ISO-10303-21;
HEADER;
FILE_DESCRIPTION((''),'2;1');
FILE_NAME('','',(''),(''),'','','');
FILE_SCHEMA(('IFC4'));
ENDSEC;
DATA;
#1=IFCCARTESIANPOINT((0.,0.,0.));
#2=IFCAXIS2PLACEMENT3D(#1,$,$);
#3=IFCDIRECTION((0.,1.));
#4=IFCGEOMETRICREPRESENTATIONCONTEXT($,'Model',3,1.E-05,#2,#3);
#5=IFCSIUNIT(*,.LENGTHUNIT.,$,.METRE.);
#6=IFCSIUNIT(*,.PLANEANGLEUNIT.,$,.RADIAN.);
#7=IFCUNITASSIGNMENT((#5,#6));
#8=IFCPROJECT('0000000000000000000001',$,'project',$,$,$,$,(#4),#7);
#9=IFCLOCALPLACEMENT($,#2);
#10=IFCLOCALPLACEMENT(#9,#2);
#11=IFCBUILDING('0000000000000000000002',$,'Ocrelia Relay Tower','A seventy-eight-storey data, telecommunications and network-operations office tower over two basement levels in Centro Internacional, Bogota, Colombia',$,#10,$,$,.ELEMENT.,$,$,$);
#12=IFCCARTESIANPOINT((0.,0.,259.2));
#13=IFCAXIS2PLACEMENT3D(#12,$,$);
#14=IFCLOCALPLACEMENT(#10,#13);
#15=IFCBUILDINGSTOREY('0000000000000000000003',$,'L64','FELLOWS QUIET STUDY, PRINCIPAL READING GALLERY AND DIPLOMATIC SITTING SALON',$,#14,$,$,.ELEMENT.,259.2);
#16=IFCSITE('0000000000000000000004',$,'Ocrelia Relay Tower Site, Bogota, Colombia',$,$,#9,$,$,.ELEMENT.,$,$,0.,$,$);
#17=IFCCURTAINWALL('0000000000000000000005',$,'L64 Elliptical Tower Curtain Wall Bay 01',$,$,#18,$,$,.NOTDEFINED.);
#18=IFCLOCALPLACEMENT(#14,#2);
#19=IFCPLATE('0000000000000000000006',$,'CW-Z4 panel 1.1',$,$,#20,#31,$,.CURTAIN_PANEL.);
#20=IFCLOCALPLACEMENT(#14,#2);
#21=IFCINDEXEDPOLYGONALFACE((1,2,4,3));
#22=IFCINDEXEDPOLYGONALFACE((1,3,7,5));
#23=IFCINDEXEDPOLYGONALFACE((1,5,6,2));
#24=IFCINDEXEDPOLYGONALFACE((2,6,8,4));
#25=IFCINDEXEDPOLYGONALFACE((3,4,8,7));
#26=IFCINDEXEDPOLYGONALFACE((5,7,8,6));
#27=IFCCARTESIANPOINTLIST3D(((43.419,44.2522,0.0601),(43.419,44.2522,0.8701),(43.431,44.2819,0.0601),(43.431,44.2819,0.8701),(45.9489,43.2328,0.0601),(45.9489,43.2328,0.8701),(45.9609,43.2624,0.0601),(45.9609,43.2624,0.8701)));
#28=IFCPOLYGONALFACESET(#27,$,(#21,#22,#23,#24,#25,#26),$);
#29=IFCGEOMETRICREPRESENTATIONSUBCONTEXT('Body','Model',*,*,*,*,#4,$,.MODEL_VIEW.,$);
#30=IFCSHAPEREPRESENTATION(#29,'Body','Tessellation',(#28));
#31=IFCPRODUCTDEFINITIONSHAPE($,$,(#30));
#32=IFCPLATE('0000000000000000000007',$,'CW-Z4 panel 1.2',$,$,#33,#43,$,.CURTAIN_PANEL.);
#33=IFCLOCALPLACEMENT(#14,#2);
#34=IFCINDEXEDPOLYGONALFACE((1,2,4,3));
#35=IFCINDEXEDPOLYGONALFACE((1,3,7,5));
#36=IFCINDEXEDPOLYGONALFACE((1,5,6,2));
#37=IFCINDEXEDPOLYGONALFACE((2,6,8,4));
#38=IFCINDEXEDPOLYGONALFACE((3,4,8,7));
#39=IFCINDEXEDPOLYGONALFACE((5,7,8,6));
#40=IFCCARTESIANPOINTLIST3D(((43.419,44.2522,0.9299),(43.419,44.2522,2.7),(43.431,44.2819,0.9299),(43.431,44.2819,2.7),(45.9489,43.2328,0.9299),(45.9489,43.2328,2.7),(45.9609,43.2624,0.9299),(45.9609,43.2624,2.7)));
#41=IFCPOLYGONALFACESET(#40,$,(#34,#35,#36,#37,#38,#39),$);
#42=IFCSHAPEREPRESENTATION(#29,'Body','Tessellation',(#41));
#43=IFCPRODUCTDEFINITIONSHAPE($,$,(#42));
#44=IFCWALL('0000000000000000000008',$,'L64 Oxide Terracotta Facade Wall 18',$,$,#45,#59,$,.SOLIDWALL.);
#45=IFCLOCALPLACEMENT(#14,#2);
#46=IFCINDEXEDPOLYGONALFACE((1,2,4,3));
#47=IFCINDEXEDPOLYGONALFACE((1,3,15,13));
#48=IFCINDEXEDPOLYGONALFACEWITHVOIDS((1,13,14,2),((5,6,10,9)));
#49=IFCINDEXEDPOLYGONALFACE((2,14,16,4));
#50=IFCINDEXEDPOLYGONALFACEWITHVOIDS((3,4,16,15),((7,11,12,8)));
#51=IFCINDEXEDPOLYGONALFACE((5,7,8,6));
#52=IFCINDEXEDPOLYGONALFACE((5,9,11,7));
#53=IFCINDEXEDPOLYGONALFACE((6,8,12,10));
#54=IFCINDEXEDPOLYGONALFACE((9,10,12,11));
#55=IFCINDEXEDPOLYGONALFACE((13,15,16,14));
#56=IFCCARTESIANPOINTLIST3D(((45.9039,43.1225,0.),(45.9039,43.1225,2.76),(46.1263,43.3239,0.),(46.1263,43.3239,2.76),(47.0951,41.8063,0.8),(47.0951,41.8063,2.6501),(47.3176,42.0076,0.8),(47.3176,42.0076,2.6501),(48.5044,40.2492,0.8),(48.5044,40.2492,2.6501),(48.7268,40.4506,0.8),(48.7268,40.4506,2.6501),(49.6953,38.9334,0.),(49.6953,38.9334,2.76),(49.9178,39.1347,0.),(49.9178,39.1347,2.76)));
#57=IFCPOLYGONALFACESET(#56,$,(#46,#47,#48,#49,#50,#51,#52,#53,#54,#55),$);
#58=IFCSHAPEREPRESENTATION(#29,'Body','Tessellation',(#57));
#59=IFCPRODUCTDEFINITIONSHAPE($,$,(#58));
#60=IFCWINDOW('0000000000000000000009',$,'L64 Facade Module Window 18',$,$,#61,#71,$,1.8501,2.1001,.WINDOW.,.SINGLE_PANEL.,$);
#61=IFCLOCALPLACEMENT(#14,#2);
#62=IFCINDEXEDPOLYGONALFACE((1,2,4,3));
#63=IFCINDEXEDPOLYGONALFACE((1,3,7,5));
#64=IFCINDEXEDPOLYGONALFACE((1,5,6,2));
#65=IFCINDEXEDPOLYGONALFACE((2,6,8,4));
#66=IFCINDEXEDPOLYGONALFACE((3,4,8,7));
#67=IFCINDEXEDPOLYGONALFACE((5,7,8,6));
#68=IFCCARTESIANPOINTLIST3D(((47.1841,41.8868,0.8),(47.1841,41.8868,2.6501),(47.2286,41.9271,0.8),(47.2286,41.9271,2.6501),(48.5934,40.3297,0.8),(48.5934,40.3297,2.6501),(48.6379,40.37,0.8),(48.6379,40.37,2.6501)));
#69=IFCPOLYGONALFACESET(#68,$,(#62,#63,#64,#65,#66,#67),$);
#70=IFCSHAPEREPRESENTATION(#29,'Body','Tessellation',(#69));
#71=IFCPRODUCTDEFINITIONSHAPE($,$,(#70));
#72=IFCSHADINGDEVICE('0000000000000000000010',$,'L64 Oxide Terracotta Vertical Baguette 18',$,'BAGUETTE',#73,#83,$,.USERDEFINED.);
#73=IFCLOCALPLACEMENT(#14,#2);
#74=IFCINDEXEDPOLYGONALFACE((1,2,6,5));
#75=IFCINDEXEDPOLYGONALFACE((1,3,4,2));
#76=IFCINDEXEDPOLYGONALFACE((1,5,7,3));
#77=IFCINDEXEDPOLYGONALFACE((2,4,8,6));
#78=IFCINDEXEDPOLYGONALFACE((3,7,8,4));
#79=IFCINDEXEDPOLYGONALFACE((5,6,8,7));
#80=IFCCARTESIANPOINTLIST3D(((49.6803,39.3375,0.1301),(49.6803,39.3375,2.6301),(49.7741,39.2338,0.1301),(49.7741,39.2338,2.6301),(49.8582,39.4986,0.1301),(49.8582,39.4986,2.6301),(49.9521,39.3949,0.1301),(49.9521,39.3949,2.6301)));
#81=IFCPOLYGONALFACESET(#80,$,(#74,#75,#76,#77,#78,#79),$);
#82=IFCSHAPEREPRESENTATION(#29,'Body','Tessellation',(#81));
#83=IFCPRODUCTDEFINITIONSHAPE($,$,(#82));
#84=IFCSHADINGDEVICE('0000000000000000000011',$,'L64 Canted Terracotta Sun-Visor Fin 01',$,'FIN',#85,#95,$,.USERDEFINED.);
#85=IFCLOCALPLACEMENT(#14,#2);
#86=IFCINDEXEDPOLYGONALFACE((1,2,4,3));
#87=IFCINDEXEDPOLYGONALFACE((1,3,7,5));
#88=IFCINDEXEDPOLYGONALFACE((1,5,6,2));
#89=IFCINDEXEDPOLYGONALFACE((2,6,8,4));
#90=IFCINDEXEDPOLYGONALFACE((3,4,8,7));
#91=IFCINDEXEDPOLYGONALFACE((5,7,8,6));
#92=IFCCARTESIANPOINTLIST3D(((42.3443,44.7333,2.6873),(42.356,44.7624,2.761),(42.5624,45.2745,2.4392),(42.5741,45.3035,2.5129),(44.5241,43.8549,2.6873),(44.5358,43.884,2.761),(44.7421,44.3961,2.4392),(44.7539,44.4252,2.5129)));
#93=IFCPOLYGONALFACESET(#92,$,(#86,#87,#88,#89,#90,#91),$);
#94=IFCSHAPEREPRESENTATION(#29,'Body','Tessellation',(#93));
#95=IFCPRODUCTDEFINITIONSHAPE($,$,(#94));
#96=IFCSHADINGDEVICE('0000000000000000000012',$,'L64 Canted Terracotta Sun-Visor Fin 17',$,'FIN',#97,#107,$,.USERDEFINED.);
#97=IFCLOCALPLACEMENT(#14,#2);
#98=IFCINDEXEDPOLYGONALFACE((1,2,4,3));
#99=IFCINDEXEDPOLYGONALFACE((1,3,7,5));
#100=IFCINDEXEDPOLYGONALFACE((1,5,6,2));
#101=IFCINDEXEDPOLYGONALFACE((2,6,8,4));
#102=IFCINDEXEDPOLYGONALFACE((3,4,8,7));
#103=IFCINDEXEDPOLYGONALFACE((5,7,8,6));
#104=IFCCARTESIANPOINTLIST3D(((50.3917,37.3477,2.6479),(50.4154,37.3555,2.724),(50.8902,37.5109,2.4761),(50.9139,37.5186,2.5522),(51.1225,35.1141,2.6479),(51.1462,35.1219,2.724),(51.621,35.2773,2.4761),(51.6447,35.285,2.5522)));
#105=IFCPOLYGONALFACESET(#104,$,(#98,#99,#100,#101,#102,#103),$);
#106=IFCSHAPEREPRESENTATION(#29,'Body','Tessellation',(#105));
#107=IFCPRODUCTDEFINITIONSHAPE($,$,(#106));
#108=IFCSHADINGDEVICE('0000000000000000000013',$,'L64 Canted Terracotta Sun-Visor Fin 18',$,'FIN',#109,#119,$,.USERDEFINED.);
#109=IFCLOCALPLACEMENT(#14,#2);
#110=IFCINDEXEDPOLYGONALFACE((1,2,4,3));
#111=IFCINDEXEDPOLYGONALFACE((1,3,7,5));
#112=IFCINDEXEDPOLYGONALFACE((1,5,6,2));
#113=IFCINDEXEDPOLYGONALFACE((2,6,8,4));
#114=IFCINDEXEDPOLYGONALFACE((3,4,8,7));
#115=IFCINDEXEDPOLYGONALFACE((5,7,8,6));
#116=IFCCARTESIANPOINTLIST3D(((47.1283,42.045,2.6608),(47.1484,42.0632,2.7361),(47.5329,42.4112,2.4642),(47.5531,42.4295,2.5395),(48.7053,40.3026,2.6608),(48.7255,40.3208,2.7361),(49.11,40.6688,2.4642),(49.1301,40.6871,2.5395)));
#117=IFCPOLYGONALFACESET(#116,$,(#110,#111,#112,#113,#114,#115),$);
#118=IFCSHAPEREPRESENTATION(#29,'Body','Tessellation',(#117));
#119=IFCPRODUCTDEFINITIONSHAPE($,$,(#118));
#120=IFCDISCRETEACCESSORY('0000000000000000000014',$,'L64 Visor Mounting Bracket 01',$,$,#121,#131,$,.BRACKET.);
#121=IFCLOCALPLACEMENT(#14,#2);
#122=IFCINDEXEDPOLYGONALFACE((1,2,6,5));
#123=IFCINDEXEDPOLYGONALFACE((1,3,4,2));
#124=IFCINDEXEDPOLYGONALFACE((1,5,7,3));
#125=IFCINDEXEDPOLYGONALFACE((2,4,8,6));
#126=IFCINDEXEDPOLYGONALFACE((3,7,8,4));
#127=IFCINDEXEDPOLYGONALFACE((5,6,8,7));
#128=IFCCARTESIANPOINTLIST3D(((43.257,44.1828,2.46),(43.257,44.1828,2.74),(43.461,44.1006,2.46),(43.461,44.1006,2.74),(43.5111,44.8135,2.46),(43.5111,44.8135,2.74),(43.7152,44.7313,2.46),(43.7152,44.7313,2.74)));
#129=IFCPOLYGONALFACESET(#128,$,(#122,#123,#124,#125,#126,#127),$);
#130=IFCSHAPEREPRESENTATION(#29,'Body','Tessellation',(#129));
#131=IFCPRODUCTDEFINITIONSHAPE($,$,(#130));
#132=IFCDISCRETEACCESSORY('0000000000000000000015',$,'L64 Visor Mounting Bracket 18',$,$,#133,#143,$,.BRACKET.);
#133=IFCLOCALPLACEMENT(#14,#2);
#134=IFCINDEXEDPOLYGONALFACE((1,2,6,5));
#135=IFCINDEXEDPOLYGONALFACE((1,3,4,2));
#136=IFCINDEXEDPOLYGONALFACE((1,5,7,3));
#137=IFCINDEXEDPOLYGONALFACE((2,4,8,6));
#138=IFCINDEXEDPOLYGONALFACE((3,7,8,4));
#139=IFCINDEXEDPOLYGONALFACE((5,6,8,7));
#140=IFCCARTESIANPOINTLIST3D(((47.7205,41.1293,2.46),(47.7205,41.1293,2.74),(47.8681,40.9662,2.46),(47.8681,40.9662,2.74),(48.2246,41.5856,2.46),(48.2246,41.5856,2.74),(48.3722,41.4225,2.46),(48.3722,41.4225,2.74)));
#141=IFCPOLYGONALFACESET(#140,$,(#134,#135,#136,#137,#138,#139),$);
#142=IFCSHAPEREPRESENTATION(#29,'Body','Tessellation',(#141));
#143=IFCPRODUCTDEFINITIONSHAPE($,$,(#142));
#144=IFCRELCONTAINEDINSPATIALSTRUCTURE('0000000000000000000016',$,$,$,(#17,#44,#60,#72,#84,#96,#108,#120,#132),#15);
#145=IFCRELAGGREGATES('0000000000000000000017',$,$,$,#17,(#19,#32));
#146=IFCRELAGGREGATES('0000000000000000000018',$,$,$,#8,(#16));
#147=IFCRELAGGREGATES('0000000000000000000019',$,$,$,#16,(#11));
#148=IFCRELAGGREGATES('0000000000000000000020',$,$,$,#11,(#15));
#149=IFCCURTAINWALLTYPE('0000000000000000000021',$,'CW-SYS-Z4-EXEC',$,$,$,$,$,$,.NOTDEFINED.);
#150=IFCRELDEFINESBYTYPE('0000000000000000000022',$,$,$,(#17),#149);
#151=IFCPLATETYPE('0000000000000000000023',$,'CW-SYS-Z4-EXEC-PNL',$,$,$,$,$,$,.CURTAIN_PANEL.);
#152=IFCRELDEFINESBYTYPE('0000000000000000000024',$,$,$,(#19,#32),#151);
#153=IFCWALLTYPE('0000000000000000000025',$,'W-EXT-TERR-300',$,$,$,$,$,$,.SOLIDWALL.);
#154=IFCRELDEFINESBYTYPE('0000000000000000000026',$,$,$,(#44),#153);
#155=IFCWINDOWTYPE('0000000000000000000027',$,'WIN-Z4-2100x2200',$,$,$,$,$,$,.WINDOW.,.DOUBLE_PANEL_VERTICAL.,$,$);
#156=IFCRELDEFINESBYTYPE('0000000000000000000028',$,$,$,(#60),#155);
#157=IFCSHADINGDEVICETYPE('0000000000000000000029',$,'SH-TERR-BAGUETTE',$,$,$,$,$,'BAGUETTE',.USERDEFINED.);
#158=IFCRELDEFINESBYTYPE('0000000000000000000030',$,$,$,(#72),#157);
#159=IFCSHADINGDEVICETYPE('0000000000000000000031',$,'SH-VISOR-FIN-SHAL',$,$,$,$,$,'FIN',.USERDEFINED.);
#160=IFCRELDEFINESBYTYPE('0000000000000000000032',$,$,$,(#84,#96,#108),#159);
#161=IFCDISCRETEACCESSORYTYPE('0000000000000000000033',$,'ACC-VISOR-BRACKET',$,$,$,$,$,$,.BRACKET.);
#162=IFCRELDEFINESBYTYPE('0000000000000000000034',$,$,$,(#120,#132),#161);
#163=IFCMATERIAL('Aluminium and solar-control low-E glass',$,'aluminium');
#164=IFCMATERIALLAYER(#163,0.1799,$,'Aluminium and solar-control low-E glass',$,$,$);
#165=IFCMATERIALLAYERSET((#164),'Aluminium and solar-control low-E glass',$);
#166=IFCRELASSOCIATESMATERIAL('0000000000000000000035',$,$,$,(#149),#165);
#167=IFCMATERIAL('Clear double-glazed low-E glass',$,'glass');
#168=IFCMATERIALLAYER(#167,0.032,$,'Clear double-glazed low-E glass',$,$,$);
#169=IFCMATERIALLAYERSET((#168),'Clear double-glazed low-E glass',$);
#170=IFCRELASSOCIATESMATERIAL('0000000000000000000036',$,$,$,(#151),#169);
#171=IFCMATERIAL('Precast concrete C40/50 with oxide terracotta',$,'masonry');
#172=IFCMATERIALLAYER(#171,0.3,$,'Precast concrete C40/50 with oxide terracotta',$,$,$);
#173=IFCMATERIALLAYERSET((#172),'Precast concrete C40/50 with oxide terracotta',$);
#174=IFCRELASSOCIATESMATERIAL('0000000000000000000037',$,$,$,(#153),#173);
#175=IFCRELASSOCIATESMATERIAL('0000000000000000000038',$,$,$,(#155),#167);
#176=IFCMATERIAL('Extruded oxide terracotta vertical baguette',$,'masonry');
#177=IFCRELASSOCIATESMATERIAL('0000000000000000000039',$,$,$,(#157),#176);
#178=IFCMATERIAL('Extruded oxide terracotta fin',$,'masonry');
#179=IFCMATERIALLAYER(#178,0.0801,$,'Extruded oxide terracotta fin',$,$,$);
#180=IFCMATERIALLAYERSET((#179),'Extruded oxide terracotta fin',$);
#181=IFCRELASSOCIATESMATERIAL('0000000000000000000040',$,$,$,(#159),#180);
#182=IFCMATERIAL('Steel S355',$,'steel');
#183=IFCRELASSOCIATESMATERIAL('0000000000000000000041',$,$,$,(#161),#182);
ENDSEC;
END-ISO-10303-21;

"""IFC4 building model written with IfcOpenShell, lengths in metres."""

from ifc_helpers import new_model, si_unit, direction, frame, frame_2d, origin, origin_2d, place, context, subcontext, project, spatial, rectangle, extrude, material, layer, layer_set, type_object, element, fill, aggregate, save


model = new_model("IFC4")

# Units and contexts
model_context = context("Model", 3, precision=1e-05, world=origin(), true_north=direction((0.0, 1.0)))
body_context = subcontext(model_context, "Body", "Model", "MODEL_VIEW")
ifc_project = project(units=[si_unit("LENGTHUNIT", "METRE"), si_unit("PLANEANGLEUNIT", "RADIAN")], contexts=[model_context])

# Site, building, storey
site_placement = place(None, origin())
site = spatial("IfcSite", under=ifc_project, at=site_placement, Name="Ocrelia Relay Tower Site, Bogota, Colombia", CompositionType="ELEMENT", RefElevation=0.0)
building_placement = place(site_placement, origin())
building = spatial("IfcBuilding", under=site, at=building_placement, Name="Ocrelia Relay Tower", Description="A seventy-eight-storey data, telecommunications and network-operations office tower over two basement levels in Centro Internacional, Bogota, Colombia", CompositionType="ELEMENT")
storey_placement = place(building_placement, frame((0.0, 0.0, 259.2)))
storey = spatial("IfcBuildingStorey", under=building, at=storey_placement, Name="L64", Description="FELLOWS QUIET STUDY, PRINCIPAL READING GALLERY AND DIPLOMATIC SITTING SALON", CompositionType="ELEMENT", Elevation=259.2)

# Shared definitions
ifc_material_1 = material(Name="Steel S355", Category="steel")

# Curtain wall, plates
ifc_material_2 = material(Name="Aluminium and solar-control low-E glass", Category="aluminium")
ifc_layer_1 = layer(ifc_material_2, 0.1799, Name="Aluminium and solar-control low-E glass")
ifc_layer_set_1 = layer_set([ifc_layer_1], Name="Aluminium and solar-control low-E glass")
curtain_wall_type = type_object("IfcCurtainWallType", Name="CW-SYS-Z4-EXEC", PredefinedType="NOTDEFINED", material=ifc_layer_set_1)
curtain_wall_placement = place(storey_placement, origin())
curtain_wall = element("IfcCurtainWall", 1, at=curtain_wall_placement, inside=storey, type_object=curtain_wall_type, Name="L64 Elliptical Tower Curtain Wall Bay 01", PredefinedType="NOTDEFINED")
ifc_material_3 = material(Name="Clear double-glazed low-E glass", Category="glass")
ifc_layer_2 = layer(ifc_material_3, 0.032, Name="Clear double-glazed low-E glass")
ifc_layer_set_2 = layer_set([ifc_layer_2], Name="Clear double-glazed low-E glass")
plate_type = type_object("IfcPlateType", Name="CW-SYS-Z4-EXEC-PNL", PredefinedType="CURTAIN_PANEL", material=ifc_layer_set_2)
plate_1_placement = place(storey_placement, frame((44.6899, 43.7573, 0.0601), z_axis=(0.0, 0.0, 1.0), x_axis=(-0.927529, 0.373751, 0.0)))
plate_1 = element("IfcPlate", 2, at=plate_1_placement, type_object=plate_type, Name="CW-Z4 panel 1.1", PredefinedType="CURTAIN_PANEL", context=body_context, shape_type="SweptSolid", body=[
    extrude(rectangle(XDim=2.7275, YDim=0.032, at=origin_2d()), origin(), (0.0, 0.0, 1.0), 0.8101),
])
plate_2_placement = place(storey_placement, frame((44.6899, 43.7573, 0.9299), z_axis=(0.0, 0.0, 1.0), x_axis=(-0.927529, 0.373751, 0.0)))
plate_2 = element("IfcPlate", 3, at=plate_2_placement, type_object=plate_type, Name="CW-Z4 panel 1.2", PredefinedType="CURTAIN_PANEL", context=body_context, shape_type="SweptSolid", body=[
    extrude(rectangle(XDim=2.7275, YDim=0.032, at=origin_2d()), origin(), (0.0, 0.0, 1.0), 1.77),
])
aggregate(curtain_wall, [plate_1, plate_2])

# Wall, opening, window
ifc_material_4 = material(Name="Precast concrete C40/50 with oxide terracotta", Category="masonry")
ifc_layer_3 = layer(ifc_material_4, 0.3, Name="Precast concrete C40/50 with oxide terracotta")
ifc_layer_set_3 = layer_set([ifc_layer_3], Name="Precast concrete C40/50 with oxide terracotta")
wall_type = type_object("IfcWallType", Name="W-EXT-TERR-300", PredefinedType="SOLIDWALL", material=ifc_layer_set_3)
wall_placement = place(storey_placement, frame((49.8066, 39.0339, 0.0), z_axis=(0.0, 0.0, 1.0), x_axis=(-0.671037, 0.741424, 0.0)))
wall = element("IfcWall", 4, at=wall_placement, inside=storey, type_object=wall_type, Name="L64 Oxide Terracotta Facade Wall 18", PredefinedType="SOLIDWALL", context=body_context, shape_type="SweptSolid", body=[
    extrude(rectangle(XDim=5.6501, YDim=0.3, at=frame_2d((2.8252, 0.0))), origin(), (0.0, 0.0, 1.0), 2.76),
])
opening_placement = place(wall_placement, frame((1.7749, 0.0, 0.8)))
opening = element("IfcOpeningElement", 5, at=opening_placement, cuts=wall, PredefinedType="OPENING", context=body_context, shape_type="SweptSolid", body=[
    extrude(rectangle(XDim=2.1001, YDim=1.8501, at=frame_2d((1.05, 0.925))), frame((0.0, 0.1602, 0.0), z_axis=(0.0, -1.0, 0.0), x_axis=(1.0, 0.0, 0.0)), (0.0, 0.0, 1.0), 0.3201),
])
window_type = type_object("IfcWindowType", Name="WIN-Z4-2100x2200", PartitioningType="DOUBLE_PANEL_VERTICAL", PredefinedType="WINDOW", material=ifc_material_3)
window_placement = place(opening_placement, origin())
window = element("IfcWindow", 6, at=window_placement, inside=storey, type_object=window_type, Name="L64 Facade Module Window 18", OverallHeight=1.8501, OverallWidth=2.1001, PartitioningType="SINGLE_PANEL", PredefinedType="WINDOW", context=body_context, shape_type="SweptSolid", body=[
    extrude(rectangle(XDim=2.1001, YDim=1.8501, at=frame_2d((1.05, 0.925))), frame((0.0, 0.03, 0.0), z_axis=(0.0, -1.0, 0.0), x_axis=(1.0, 0.0, 0.0)), (0.0, 0.0, 1.0), 0.0601),
])
fill(opening, window)

# Shading devices
ifc_material_5 = material(Name="Extruded oxide terracotta vertical baguette", Category="masonry")
shading_device_type_1 = type_object("IfcShadingDeviceType", Name="SH-TERR-BAGUETTE", ElementType="BAGUETTE", PredefinedType="USERDEFINED", material=ifc_material_5)
shading_device_1_placement = place(storey_placement, frame((49.8162, 39.3662, 0.1301), z_axis=(0.0, 0.0, 1.0), x_axis=(-0.671047, 0.741415, 0.0)))
element("IfcShadingDevice", 7, at=shading_device_1_placement, inside=storey, type_object=shading_device_type_1, Name="L64 Oxide Terracotta Vertical Baguette 18", ObjectType="BAGUETTE", PredefinedType="USERDEFINED", context=body_context, shape_type="SweptSolid", body=[
    extrude(rectangle(XDim=0.1399, YDim=0.24, at=origin_2d()), origin(), (0.0, 0.0, 1.0), 2.5),
])
ifc_material_6 = material(Name="Extruded oxide terracotta fin", Category="masonry")
ifc_layer_4 = layer(ifc_material_6, 0.0801, Name="Extruded oxide terracotta fin")
ifc_layer_set_4 = layer_set([ifc_layer_4], Name="Extruded oxide terracotta fin")
shading_device_type_2 = type_object("IfcShadingDeviceType", Name="SH-VISOR-FIN-SHAL", ElementType="FIN", PredefinedType="USERDEFINED", material=ifc_layer_set_4)
shading_device_2_placement = place(storey_placement, frame((43.5432, 44.5647, 2.5632), z_axis=(0.146276, 0.36301, 0.920232), x_axis=(-0.927529, 0.373751, 0.0)))
element("IfcShadingDevice", 8, at=shading_device_2_placement, inside=storey, type_object=shading_device_type_2, Name="L64 Canted Terracotta Sun-Visor Fin 01", ObjectType="FIN", PredefinedType="USERDEFINED", context=body_context, shape_type="SweptSolid", body=[
    extrude(rectangle(XDim=2.3501, YDim=0.634, at=origin_2d()), origin(), (0.0, 0.0, 1.0), 0.0801),
])
shading_device_3_placement = place(storey_placement, frame((51.0063, 36.3125, 2.562), z_axis=(0.295904, 0.096815, 0.950299), x_axis=(-0.310962, 0.950422, 0.0)))
element("IfcShadingDevice", 9, at=shading_device_3_placement, inside=storey, type_object=shading_device_type_2, Name="L64 Canted Terracotta Sun-Visor Fin 17", ObjectType="FIN", PredefinedType="USERDEFINED", context=body_context, shape_type="SweptSolid", body=[
    extrude(rectangle(XDim=2.3501, YDim=0.552, at=origin_2d()), origin(), (0.0, 0.0, 1.0), 0.0801),
])
shading_device_4_placement = place(storey_placement, frame((48.1191, 41.3569, 2.5625), z_axis=(0.251267, 0.227419, 0.940822), x_axis=(-0.671047, 0.741415, 0.0)))
element("IfcShadingDevice", 10, at=shading_device_4_placement, inside=storey, type_object=shading_device_type_2, Name="L64 Canted Terracotta Sun-Visor Fin 18", ObjectType="FIN", PredefinedType="USERDEFINED", context=body_context, shape_type="SweptSolid", body=[
    extrude(rectangle(XDim=2.3501, YDim=0.5801, at=origin_2d()), origin(), (0.0, 0.0, 1.0), 0.0801),
])

# Discrete accessories
discrete_accessory_type = type_object("IfcDiscreteAccessoryType", Name="ACC-VISOR-BRACKET", PredefinedType="BRACKET", material=ifc_material_1)
for number, where, z_axis, x_axis, name in (
    (11, (43.4861, 44.457, 2.46), (0.0, 0.0, 1.0), (-0.927529, 0.373751, 0.0), "L64 Visor Mounting Bracket 01"),
    (12, (48.0464, 41.2759, 2.46), (0.0, 0.0, 1.0), (-0.671047, 0.741415, 0.0), "L64 Visor Mounting Bracket 18"),
):
    element("IfcDiscreteAccessory", number, at=place(storey_placement, frame(where, z_axis=z_axis, x_axis=x_axis)), inside=storey, type_object=discrete_accessory_type, Name=name, PredefinedType="BRACKET", context=body_context, shape_type="SweptSolid", body=[
        extrude(rectangle(XDim=0.22, YDim=0.6799, at=origin_2d()), origin(), (0.0, 0.0, 1.0), 0.28),
    ])

save(model, "model.ifc")
